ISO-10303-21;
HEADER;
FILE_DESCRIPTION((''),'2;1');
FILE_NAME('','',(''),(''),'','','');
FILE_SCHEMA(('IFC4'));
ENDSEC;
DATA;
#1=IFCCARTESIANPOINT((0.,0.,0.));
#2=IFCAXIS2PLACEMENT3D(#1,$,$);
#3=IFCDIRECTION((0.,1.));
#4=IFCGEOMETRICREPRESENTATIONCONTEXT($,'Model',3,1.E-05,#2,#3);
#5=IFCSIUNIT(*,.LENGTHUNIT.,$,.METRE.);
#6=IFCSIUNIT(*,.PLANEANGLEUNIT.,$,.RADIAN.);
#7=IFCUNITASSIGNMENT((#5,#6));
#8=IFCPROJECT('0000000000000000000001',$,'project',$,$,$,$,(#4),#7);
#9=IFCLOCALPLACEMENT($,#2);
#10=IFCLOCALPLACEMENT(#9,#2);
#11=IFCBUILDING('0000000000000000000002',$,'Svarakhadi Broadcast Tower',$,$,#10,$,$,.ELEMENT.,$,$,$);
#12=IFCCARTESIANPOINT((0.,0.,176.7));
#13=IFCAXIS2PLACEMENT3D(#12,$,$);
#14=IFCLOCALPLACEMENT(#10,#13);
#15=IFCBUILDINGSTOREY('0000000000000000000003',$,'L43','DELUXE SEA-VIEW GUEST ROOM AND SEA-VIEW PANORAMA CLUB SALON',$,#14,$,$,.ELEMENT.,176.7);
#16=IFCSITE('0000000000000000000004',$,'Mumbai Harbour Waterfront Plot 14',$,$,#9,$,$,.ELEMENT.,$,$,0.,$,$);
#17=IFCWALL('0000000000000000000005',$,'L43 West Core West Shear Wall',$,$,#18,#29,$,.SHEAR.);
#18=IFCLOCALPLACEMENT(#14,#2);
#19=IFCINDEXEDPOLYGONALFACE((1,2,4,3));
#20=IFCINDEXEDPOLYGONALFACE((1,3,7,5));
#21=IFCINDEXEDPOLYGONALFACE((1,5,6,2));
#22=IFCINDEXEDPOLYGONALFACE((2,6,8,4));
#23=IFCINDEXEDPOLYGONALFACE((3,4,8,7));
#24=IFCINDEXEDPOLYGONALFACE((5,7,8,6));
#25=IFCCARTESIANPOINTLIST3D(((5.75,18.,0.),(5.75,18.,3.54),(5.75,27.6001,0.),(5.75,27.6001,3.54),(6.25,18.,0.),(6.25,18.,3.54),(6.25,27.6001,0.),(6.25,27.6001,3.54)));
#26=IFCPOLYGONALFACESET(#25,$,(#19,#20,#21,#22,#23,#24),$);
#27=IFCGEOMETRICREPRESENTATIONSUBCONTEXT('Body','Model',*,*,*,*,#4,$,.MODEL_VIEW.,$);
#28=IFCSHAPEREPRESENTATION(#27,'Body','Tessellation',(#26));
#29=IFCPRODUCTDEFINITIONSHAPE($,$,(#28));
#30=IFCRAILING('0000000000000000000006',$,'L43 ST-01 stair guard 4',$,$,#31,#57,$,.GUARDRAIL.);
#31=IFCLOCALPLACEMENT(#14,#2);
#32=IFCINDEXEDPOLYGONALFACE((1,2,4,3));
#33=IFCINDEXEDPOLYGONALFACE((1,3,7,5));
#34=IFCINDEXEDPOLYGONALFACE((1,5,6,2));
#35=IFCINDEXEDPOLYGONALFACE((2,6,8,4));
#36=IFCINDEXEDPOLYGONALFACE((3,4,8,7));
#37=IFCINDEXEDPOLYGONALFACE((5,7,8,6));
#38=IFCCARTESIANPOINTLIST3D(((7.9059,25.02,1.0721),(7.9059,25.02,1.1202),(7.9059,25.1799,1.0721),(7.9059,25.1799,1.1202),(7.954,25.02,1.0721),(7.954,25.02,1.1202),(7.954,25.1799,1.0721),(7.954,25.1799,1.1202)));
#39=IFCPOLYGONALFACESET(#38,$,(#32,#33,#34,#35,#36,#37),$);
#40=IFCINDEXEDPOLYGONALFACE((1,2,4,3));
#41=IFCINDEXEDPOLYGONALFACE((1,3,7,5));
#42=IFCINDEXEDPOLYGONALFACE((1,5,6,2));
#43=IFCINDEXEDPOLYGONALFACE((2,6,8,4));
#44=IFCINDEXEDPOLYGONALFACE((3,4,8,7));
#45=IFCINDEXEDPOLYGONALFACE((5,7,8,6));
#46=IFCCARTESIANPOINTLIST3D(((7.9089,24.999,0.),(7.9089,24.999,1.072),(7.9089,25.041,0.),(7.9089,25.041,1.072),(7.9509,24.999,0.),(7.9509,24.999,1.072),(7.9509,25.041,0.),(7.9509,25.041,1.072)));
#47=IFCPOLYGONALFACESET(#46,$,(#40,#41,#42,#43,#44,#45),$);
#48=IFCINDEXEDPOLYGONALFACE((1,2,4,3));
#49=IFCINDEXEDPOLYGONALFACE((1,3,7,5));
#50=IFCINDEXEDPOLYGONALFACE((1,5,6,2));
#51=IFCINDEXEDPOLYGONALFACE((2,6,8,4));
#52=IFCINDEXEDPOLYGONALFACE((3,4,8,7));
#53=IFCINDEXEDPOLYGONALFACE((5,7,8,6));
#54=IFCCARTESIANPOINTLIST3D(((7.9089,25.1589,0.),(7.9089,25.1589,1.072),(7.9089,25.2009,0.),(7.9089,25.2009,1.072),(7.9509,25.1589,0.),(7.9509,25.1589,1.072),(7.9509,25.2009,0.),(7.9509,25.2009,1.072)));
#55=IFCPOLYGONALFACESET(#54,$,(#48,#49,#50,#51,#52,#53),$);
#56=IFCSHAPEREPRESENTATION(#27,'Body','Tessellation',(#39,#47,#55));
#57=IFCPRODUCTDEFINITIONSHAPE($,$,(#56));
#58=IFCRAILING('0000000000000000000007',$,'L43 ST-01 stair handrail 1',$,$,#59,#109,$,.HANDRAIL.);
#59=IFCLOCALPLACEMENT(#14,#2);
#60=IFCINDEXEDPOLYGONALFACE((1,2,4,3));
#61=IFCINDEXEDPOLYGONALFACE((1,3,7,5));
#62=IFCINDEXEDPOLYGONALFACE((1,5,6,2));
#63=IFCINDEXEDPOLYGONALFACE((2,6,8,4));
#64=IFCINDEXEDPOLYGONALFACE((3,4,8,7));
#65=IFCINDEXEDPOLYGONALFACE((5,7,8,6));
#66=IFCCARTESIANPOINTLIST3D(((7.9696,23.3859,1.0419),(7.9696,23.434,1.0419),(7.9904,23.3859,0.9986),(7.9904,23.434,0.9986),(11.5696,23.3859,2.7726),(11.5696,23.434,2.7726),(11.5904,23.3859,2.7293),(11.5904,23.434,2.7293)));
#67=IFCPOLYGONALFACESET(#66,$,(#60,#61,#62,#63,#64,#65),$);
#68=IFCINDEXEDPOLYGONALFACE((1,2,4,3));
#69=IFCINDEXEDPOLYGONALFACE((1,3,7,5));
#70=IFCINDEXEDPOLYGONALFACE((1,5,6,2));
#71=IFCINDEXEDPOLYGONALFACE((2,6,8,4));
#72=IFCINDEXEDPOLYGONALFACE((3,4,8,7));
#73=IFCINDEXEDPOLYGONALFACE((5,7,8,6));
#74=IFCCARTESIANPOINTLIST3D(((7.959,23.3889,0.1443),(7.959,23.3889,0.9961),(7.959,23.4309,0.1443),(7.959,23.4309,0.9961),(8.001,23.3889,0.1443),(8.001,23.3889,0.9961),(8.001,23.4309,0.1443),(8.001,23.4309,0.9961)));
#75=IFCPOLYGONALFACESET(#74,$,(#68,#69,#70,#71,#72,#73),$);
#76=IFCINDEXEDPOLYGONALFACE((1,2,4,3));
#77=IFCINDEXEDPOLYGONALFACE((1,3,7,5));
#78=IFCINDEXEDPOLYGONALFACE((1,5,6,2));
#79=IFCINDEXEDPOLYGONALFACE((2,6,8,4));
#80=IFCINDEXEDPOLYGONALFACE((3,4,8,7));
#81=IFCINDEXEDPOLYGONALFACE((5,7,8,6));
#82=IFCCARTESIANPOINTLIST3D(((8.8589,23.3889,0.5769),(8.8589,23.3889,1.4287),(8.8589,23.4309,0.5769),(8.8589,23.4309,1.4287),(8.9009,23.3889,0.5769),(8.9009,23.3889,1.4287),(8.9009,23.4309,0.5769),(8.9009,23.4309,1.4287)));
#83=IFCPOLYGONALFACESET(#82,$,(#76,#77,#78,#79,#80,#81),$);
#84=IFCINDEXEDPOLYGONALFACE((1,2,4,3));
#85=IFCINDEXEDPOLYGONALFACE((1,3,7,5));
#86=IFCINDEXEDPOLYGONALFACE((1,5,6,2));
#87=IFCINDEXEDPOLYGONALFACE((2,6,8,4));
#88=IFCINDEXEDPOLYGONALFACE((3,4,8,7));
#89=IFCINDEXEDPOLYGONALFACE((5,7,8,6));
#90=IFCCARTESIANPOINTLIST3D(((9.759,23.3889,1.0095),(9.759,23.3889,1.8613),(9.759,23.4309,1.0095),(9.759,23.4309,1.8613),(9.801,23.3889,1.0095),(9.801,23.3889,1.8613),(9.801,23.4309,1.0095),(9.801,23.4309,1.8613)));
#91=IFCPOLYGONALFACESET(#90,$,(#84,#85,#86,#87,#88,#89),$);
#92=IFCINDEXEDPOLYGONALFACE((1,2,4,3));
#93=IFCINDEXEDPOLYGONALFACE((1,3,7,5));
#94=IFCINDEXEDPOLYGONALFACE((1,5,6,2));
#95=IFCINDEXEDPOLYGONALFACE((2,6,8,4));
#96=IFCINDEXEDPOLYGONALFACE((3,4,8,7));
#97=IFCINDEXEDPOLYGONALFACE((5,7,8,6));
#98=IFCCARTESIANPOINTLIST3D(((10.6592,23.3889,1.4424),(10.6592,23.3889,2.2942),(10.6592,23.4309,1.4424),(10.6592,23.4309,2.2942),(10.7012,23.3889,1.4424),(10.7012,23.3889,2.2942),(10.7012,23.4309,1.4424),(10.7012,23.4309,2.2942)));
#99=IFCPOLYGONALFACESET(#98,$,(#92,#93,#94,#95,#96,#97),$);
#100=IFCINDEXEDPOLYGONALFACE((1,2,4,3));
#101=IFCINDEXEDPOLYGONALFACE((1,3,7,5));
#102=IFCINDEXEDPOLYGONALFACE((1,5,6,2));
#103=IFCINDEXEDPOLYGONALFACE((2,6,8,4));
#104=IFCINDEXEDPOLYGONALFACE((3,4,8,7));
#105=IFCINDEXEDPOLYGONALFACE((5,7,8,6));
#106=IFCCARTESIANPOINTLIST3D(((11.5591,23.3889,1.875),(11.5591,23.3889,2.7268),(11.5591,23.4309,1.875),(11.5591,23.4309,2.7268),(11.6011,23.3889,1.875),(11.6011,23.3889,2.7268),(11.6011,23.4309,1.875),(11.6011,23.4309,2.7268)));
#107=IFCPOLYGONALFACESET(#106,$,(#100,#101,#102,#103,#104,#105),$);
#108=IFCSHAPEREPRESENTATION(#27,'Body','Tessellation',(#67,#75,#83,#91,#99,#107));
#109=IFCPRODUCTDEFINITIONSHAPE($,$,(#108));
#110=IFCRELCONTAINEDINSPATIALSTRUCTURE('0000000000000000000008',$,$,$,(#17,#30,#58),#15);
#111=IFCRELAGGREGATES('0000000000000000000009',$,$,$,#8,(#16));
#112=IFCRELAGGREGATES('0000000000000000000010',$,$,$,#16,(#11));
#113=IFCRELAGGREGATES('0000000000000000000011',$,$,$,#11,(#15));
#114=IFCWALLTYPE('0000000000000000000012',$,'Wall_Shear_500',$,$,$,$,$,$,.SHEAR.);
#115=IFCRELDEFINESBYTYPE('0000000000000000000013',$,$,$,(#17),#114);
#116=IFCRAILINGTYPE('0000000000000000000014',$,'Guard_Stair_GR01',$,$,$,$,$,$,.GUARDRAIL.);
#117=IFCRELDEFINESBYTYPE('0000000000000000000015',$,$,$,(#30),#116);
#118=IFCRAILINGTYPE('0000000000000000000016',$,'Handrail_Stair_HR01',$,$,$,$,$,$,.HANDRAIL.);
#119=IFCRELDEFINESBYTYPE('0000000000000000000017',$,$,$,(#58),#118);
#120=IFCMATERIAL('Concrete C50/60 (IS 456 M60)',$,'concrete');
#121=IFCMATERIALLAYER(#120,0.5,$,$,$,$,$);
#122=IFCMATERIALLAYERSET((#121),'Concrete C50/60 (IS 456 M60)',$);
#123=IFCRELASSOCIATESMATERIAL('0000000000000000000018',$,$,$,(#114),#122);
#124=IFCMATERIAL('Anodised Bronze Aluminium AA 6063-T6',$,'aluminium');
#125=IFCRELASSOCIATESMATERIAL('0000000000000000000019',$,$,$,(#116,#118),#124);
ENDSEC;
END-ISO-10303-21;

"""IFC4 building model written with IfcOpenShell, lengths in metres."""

from ifc_helpers import new_model, si_unit, direction, frame, frame_2d, origin, origin_2d, place, context, subcontext, project, spatial, rectangle, extrude, material, layer, layer_set, type_object, element, save


model = new_model("IFC4")

# Units and contexts
model_context = context("Model", 3, precision=1e-05, world=origin(), true_north=direction((0.0, 1.0)))
body_context = subcontext(model_context, "Body", "Model", "MODEL_VIEW")
ifc_project = project(units=[si_unit("LENGTHUNIT", "METRE"), si_unit("PLANEANGLEUNIT", "RADIAN")], contexts=[model_context])

# Site, building, storey
site_placement = place(None, origin())
site = spatial("IfcSite", under=ifc_project, at=site_placement, Name="Mumbai Harbour Waterfront Plot 14", CompositionType="ELEMENT", RefElevation=0.0)
building_placement = place(site_placement, origin())
building = spatial("IfcBuilding", under=site, at=building_placement, Name="Svarakhadi Broadcast Tower", CompositionType="ELEMENT")
storey_placement = place(building_placement, frame((0.0, 0.0, 176.7)))
storey = spatial("IfcBuildingStorey", under=building, at=storey_placement, Name="L43", Description="DELUXE SEA-VIEW GUEST ROOM AND SEA-VIEW PANORAMA CLUB SALON", CompositionType="ELEMENT", Elevation=176.7)

# Shared definitions
ifc_material_1 = material(Name="Concrete C50/60 (IS 456 M60)", Category="concrete")

# Shared definitions
ifc_material_2 = material(Name="Anodised Bronze Aluminium AA 6063-T6", Category="aluminium")

# Shared definitions
ifc_layer_1 = layer(ifc_material_1, 0.5)
ifc_layer_set_1 = layer_set([ifc_layer_1], Name="Concrete C50/60 (IS 456 M60)")
wall_type_1 = type_object("IfcWallType", Name="Wall_Shear_500", PredefinedType="SHEAR", material=ifc_layer_set_1)

# Wall
wall_1_placement = place(storey_placement, frame((6.0, 18.0, 0.0), z_axis=(0.0, 0.0, 1.0), x_axis=(0.0, 1.0, 0.0)))
element("IfcWall", 1, at=wall_1_placement, inside=storey, type_object=wall_type_1, Name="L43 West Core West Shear Wall", PredefinedType="SHEAR", context=body_context, shape_type="SweptSolid", body=[
    extrude(rectangle(XDim=9.6001, YDim=0.5, at=frame_2d((4.8, 0.0))), origin(), (0.0, 0.0, 1.0), 3.54),
])

# Railings
railing_type_1 = type_object("IfcRailingType", Name="Guard_Stair_GR01", PredefinedType="GUARDRAIL", material=ifc_material_2)
railing_1_placement = place(storey_placement, frame((7.9299, 25.02, 0.0)))
element("IfcRailing", 2, at=railing_1_placement, inside=storey, type_object=railing_type_1, Name="L43 ST-01 stair guard 4", PredefinedType="GUARDRAIL", context=body_context, shape_type="SweptSolid", body=[
    extrude(rectangle(XDim=0.0481, YDim=0.0481, at=origin_2d()), frame((0.0, 0.0, 1.0962), z_axis=(0.0, 1.0, 0.0), x_axis=(-1.0, 0.0, 0.0)), (0.0, 0.0, 1.0), 0.1599),
    extrude(rectangle(XDim=0.042, YDim=0.042, at=origin_2d()), origin(), (0.0, 0.0, 1.0), 1.072),
    extrude(rectangle(XDim=0.042, YDim=0.042, at=origin_2d()), frame((0.0, 0.1599, 0.0)), (0.0, 0.0, 1.0), 1.072),
])
railing_type_2 = type_object("IfcRailingType", Name="Handrail_Stair_HR01", PredefinedType="HANDRAIL", material=ifc_material_2)
railing_2_placement = place(storey_placement, frame((7.98, 23.4099, 0.1443)))
element("IfcRailing", 3, at=railing_2_placement, inside=storey, type_object=railing_type_2, Name="L43 ST-01 stair handrail 1", PredefinedType="HANDRAIL", context=body_context, shape_type="SweptSolid", body=[
    extrude(rectangle(XDim=0.0481, YDim=0.0481, at=origin_2d()), frame((0.0, 0.0, 0.876), z_axis=(0.901263, 0.0, 0.433273), x_axis=(0.0, 1.0, 0.0)), (0.0, 0.0, 1.0), 3.9944),
    extrude(rectangle(XDim=0.042, YDim=0.042, at=origin_2d()), origin(), (0.0, 0.0, 1.0), 0.8518),
    extrude(rectangle(XDim=0.042, YDim=0.042, at=origin_2d()), frame((0.8999, 0.0, 0.4326)), (0.0, 0.0, 1.0), 0.8518),
    extrude(rectangle(XDim=0.042, YDim=0.042, at=origin_2d()), frame((1.8, 0.0, 0.8652)), (0.0, 0.0, 1.0), 0.8518),
    extrude(rectangle(XDim=0.042, YDim=0.042, at=origin_2d()), frame((2.7002, 0.0, 1.2981)), (0.0, 0.0, 1.0), 0.8518),
    extrude(rectangle(XDim=0.042, YDim=0.042, at=origin_2d()), frame((3.6001, 0.0, 1.7307)), (0.0, 0.0, 1.0), 0.8518),
])

save(model, "model.ifc")
